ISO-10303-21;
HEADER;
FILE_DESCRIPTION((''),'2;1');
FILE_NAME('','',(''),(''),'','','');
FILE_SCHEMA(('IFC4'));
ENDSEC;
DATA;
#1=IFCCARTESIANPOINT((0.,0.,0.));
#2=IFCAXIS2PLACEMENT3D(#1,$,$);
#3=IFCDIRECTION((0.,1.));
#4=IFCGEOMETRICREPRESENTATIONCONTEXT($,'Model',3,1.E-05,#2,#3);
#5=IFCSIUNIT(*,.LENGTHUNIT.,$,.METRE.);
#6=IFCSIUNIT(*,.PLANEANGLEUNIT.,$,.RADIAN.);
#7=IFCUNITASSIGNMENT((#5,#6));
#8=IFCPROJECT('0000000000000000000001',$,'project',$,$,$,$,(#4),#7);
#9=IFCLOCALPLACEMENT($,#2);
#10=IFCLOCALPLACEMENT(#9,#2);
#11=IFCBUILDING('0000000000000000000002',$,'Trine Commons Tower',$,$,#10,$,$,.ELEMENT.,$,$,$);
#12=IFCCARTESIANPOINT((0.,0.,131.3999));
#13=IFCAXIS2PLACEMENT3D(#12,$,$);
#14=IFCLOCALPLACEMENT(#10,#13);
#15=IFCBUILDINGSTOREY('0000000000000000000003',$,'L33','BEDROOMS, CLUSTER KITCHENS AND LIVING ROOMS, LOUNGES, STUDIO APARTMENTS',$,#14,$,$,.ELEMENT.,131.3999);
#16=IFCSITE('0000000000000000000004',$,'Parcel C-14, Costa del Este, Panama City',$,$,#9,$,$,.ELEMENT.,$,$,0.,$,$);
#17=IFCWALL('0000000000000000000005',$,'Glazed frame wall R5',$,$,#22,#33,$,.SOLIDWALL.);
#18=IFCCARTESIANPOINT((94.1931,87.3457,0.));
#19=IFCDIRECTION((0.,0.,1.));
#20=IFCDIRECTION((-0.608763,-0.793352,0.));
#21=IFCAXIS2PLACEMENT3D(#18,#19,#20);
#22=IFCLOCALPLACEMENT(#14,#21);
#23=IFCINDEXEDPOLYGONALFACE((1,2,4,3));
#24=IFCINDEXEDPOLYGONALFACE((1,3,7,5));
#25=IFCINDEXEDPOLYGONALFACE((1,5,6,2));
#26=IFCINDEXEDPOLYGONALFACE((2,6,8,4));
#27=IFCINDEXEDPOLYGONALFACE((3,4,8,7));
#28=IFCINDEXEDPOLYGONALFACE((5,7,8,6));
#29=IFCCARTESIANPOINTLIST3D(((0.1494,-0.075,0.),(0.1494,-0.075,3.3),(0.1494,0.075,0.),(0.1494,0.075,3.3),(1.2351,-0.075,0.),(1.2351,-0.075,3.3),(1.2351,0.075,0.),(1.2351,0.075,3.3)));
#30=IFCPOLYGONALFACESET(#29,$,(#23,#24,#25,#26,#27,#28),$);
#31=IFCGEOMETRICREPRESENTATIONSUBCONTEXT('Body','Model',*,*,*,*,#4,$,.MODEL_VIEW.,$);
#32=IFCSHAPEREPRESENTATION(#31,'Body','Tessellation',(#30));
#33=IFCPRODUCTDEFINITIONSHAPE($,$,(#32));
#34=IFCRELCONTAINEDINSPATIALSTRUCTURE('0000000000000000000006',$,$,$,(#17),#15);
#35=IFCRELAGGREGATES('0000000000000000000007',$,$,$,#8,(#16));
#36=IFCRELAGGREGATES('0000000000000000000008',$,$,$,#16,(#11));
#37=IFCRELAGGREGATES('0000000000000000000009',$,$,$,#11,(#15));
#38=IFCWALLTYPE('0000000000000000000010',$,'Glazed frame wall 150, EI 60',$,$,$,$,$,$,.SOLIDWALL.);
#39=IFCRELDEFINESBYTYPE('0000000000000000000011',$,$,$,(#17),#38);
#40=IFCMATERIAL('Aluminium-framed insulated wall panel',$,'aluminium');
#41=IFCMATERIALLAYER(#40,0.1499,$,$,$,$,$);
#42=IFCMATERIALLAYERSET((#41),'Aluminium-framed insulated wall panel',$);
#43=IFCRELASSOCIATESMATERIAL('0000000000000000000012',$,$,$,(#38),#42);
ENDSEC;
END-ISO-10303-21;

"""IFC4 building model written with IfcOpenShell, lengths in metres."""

from ifc_helpers import new_model, si_unit, direction, frame, origin, place, context, subcontext, project, spatial, polyline, outline, extrude, material, layer, layer_set, type_object, element, save


model = new_model("IFC4")

# Units and contexts
model_context = context("Model", 3, precision=1e-05, world=origin(), true_north=direction((0.0, 1.0)))
body_context = subcontext(model_context, "Body", "Model", "MODEL_VIEW")
ifc_project = project(units=[si_unit("LENGTHUNIT", "METRE"), si_unit("PLANEANGLEUNIT", "RADIAN")], contexts=[model_context])

# Site, building, storey
site_placement = place(None, origin())
site = spatial("IfcSite", under=ifc_project, at=site_placement, Name="Parcel C-14, Costa del Este, Panama City", CompositionType="ELEMENT", RefElevation=0.0)
building_placement = place(site_placement, origin())
building = spatial("IfcBuilding", under=site, at=building_placement, Name="Trine Commons Tower", CompositionType="ELEMENT")
storey_placement = place(building_placement, frame((0.0, 0.0, 131.3999)))
storey = spatial("IfcBuildingStorey", under=building, at=storey_placement, Name="L33", Description="BEDROOMS, CLUSTER KITCHENS AND LIVING ROOMS, LOUNGES, STUDIO APARTMENTS", CompositionType="ELEMENT", Elevation=131.3999)

# Wall
ifc_material_1 = material(Name="Aluminium-framed insulated wall panel", Category="aluminium")
ifc_layer_1 = layer(ifc_material_1, 0.1499)
ifc_layer_set_1 = layer_set([ifc_layer_1], Name="Aluminium-framed insulated wall panel")
wall_type_1 = type_object("IfcWallType", Name="Glazed frame wall 150, EI 60", PredefinedType="SOLIDWALL", material=ifc_layer_set_1)
wall_1_placement = place(storey_placement, frame((94.1931, 87.3457, 0.0), z_axis=(0.0, 0.0, 1.0), x_axis=(-0.608763, -0.793352, 0.0)))
element("IfcWall", 1, at=wall_1_placement, inside=storey, type_object=wall_type_1, Name="Glazed frame wall R5", PredefinedType="SOLIDWALL", context=body_context, shape_type="SweptSolid", body=[
    extrude(outline(polyline([(0.1494, 0.075), (0.1494, -0.075), (1.2351, -0.075), (1.2351, 0.075), (0.1494, 0.075)])), origin(), (0.0, 0.0, 1.0), 3.3),
])

save(model, "model.ifc")
